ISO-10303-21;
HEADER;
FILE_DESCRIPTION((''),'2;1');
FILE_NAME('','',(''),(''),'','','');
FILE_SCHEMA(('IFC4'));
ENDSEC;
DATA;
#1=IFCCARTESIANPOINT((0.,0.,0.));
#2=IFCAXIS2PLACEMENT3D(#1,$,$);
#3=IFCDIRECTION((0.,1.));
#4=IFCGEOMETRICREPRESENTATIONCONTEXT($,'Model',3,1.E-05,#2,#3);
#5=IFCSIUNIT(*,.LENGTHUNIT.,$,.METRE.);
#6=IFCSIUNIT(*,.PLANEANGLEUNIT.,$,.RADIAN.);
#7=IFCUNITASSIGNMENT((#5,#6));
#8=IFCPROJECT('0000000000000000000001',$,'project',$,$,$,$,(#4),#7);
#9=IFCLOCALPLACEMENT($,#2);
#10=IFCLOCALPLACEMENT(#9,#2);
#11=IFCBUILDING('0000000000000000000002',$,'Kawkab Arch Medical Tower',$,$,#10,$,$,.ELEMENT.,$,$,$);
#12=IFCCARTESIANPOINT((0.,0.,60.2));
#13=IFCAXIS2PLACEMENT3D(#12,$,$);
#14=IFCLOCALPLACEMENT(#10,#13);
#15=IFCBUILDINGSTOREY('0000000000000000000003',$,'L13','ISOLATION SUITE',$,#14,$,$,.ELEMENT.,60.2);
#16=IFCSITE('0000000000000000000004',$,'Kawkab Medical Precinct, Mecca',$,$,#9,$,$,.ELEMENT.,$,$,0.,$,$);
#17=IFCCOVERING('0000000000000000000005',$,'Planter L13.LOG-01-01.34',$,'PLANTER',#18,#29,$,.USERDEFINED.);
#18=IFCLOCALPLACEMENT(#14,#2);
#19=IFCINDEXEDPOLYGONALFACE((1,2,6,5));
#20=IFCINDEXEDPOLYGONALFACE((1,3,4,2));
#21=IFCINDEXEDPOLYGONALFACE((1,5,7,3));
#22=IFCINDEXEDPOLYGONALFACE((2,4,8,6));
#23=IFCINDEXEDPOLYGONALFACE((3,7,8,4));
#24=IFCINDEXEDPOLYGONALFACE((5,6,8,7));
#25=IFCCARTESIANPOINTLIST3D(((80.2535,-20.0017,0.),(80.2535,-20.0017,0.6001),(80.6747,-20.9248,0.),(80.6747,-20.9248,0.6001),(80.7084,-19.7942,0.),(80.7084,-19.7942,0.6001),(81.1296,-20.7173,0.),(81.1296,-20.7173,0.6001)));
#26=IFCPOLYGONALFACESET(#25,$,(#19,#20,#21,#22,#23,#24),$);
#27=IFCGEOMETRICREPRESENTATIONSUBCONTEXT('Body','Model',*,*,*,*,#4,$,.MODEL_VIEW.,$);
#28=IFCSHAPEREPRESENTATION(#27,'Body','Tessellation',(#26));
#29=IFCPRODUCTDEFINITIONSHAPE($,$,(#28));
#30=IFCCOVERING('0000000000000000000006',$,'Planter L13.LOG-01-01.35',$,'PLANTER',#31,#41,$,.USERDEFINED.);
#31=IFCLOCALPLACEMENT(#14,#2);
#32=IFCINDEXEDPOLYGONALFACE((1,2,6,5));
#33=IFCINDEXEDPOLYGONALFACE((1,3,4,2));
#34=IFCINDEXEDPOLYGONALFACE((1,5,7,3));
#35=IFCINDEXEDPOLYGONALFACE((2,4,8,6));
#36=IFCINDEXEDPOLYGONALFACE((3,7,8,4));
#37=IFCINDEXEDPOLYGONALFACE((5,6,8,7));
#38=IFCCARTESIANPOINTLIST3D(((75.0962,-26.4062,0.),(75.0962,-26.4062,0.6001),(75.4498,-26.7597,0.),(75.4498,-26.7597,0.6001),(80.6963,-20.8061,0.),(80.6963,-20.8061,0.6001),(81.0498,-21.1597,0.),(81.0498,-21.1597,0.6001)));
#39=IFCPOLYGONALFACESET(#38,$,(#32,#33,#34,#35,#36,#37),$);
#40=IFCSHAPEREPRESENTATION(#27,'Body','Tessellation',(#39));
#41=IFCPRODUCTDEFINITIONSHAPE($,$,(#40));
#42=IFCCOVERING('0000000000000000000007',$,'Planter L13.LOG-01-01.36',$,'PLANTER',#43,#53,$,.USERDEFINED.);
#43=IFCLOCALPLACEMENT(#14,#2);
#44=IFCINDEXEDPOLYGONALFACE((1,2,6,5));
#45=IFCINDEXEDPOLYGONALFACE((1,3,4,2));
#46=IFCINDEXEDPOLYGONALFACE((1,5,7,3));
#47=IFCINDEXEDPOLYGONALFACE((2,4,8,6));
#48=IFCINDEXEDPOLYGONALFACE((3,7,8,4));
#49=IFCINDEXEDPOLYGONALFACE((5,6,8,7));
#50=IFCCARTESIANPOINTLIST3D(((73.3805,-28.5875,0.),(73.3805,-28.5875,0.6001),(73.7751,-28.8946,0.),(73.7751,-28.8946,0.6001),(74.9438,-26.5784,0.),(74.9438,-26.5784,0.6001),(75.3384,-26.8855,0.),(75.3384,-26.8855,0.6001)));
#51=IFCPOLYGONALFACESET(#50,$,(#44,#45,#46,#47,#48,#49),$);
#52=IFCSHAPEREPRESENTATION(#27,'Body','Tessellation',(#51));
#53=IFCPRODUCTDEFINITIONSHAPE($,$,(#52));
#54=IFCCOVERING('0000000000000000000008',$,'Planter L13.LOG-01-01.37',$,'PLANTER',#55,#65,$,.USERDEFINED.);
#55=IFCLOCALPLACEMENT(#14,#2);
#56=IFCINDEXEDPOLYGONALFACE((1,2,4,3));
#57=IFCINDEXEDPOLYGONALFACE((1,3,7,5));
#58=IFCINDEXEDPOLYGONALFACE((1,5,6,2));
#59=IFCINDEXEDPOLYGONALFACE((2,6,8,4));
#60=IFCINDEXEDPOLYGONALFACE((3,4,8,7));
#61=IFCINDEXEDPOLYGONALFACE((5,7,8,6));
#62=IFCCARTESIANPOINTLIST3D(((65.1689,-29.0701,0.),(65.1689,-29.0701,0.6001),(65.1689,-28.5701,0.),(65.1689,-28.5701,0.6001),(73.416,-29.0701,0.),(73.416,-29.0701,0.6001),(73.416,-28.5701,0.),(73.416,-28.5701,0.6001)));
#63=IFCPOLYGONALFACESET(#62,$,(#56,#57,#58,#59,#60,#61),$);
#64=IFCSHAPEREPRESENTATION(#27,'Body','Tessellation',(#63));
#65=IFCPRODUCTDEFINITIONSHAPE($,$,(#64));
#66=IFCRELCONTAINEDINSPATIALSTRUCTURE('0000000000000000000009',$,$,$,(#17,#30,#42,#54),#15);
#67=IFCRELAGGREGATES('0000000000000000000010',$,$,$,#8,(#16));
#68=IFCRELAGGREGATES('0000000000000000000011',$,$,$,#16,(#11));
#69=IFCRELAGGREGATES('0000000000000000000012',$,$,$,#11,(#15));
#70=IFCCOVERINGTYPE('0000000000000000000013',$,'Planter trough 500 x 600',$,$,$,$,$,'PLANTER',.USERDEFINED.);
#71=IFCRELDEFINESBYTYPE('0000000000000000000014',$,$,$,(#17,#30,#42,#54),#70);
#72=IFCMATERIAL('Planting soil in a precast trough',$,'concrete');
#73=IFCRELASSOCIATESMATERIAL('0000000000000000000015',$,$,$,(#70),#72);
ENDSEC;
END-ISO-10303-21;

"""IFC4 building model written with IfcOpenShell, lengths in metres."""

from ifc_helpers import new_model, si_unit, direction, frame, origin, origin_2d, place, context, subcontext, project, spatial, rectangle, extrude, material, material_profile, profile_set, type_object, element, save


model = new_model("IFC4")

# Units and contexts
model_context = context("Model", 3, precision=1e-05, world=origin(), true_north=direction((0.0, 1.0)))
body_context = subcontext(model_context, "Body", "Model", "MODEL_VIEW")
ifc_project = project(units=[si_unit("LENGTHUNIT", "METRE"), si_unit("PLANEANGLEUNIT", "RADIAN")], contexts=[model_context])

# Site, building, storey
site_placement = place(None, origin())
site = spatial("IfcSite", under=ifc_project, at=site_placement, Name="Kawkab Medical Precinct, Mecca", CompositionType="ELEMENT", RefElevation=0.0)
building_placement = place(site_placement, origin())
building = spatial("IfcBuilding", under=site, at=building_placement, Name="Kawkab Arch Medical Tower", CompositionType="ELEMENT")
storey_placement = place(building_placement, frame((0.0, 0.0, 60.2)))
storey = spatial("IfcBuildingStorey", under=building, at=storey_placement, Name="L13", Description="ISOLATION SUITE", CompositionType="ELEMENT", Elevation=60.2)

# Coverings
ifc_material_1 = material(Name="Planting soil in a precast trough", Category="concrete")
ifc_material_profile_1 = material_profile(ifc_material_1, rectangle(XDim=0.5, YDim=0.6001, at=origin_2d()), Name="Trough 500x600")
ifc_profile_set_1 = profile_set([ifc_material_profile_1], Name="Planting soil in a precast trough")
covering_type = type_object("IfcCoveringType", Name="Planter trough 500 x 600", ElementType="PLANTER", PredefinedType="USERDEFINED", material=ifc_profile_set_1)
covering_1_placement = place(storey_placement, frame((80.481, -19.8979, 0.3), z_axis=(0.415072, -0.909789, 0.0), x_axis=(0.909789, 0.415072, 0.0)))
element("IfcCovering", 1, at=covering_1_placement, inside=storey, type_object=covering_type, Name="Planter L13.LOG-01-01.34", ObjectType="PLANTER", PredefinedType="USERDEFINED", context=body_context, shape_type="SweptSolid", body=[
    extrude(rectangle(XDim=0.5, YDim=0.6001, at=origin_2d()), origin(), (0.0, 0.0, 1.0), 1.0146),
])
covering_2_placement = place(storey_placement, frame((80.873, -20.9829, 0.3), z_axis=(-0.707107, -0.707107, 0.0), x_axis=(0.707107, -0.707107, 0.0)))
element("IfcCovering", 2, at=covering_2_placement, inside=storey, type_object=covering_type, Name="Planter L13.LOG-01-01.35", ObjectType="PLANTER", PredefinedType="USERDEFINED", context=body_context, shape_type="SweptSolid", body=[
    extrude(rectangle(XDim=0.5, YDim=0.6001, at=origin_2d()), origin(), (0.0, 0.0, 1.0), 7.9197),
])
covering_3_placement = place(storey_placement, frame((75.1411, -26.7319, 0.3), z_axis=(-0.6141, -0.789228, 0.0), x_axis=(0.789228, -0.6141, 0.0)))
element("IfcCovering", 3, at=covering_3_placement, inside=storey, type_object=covering_type, Name="Planter L13.LOG-01-01.36", ObjectType="PLANTER", PredefinedType="USERDEFINED", context=body_context, shape_type="SweptSolid", body=[
    extrude(rectangle(XDim=0.5, YDim=0.6001, at=origin_2d()), origin(), (0.0, 0.0, 1.0), 2.5457),
])
covering_4_placement = place(storey_placement, frame((73.416, -28.8201, 0.3), z_axis=(-1.0, 0.0, 0.0), x_axis=(0.0, -1.0, 0.0)))
element("IfcCovering", 4, at=covering_4_placement, inside=storey, type_object=covering_type, Name="Planter L13.LOG-01-01.37", ObjectType="PLANTER", PredefinedType="USERDEFINED", context=body_context, shape_type="SweptSolid", body=[
    extrude(rectangle(XDim=0.5, YDim=0.6001, at=origin_2d()), origin(), (0.0, 0.0, 1.0), 8.2471),
])

save(model, "model.ifc")
